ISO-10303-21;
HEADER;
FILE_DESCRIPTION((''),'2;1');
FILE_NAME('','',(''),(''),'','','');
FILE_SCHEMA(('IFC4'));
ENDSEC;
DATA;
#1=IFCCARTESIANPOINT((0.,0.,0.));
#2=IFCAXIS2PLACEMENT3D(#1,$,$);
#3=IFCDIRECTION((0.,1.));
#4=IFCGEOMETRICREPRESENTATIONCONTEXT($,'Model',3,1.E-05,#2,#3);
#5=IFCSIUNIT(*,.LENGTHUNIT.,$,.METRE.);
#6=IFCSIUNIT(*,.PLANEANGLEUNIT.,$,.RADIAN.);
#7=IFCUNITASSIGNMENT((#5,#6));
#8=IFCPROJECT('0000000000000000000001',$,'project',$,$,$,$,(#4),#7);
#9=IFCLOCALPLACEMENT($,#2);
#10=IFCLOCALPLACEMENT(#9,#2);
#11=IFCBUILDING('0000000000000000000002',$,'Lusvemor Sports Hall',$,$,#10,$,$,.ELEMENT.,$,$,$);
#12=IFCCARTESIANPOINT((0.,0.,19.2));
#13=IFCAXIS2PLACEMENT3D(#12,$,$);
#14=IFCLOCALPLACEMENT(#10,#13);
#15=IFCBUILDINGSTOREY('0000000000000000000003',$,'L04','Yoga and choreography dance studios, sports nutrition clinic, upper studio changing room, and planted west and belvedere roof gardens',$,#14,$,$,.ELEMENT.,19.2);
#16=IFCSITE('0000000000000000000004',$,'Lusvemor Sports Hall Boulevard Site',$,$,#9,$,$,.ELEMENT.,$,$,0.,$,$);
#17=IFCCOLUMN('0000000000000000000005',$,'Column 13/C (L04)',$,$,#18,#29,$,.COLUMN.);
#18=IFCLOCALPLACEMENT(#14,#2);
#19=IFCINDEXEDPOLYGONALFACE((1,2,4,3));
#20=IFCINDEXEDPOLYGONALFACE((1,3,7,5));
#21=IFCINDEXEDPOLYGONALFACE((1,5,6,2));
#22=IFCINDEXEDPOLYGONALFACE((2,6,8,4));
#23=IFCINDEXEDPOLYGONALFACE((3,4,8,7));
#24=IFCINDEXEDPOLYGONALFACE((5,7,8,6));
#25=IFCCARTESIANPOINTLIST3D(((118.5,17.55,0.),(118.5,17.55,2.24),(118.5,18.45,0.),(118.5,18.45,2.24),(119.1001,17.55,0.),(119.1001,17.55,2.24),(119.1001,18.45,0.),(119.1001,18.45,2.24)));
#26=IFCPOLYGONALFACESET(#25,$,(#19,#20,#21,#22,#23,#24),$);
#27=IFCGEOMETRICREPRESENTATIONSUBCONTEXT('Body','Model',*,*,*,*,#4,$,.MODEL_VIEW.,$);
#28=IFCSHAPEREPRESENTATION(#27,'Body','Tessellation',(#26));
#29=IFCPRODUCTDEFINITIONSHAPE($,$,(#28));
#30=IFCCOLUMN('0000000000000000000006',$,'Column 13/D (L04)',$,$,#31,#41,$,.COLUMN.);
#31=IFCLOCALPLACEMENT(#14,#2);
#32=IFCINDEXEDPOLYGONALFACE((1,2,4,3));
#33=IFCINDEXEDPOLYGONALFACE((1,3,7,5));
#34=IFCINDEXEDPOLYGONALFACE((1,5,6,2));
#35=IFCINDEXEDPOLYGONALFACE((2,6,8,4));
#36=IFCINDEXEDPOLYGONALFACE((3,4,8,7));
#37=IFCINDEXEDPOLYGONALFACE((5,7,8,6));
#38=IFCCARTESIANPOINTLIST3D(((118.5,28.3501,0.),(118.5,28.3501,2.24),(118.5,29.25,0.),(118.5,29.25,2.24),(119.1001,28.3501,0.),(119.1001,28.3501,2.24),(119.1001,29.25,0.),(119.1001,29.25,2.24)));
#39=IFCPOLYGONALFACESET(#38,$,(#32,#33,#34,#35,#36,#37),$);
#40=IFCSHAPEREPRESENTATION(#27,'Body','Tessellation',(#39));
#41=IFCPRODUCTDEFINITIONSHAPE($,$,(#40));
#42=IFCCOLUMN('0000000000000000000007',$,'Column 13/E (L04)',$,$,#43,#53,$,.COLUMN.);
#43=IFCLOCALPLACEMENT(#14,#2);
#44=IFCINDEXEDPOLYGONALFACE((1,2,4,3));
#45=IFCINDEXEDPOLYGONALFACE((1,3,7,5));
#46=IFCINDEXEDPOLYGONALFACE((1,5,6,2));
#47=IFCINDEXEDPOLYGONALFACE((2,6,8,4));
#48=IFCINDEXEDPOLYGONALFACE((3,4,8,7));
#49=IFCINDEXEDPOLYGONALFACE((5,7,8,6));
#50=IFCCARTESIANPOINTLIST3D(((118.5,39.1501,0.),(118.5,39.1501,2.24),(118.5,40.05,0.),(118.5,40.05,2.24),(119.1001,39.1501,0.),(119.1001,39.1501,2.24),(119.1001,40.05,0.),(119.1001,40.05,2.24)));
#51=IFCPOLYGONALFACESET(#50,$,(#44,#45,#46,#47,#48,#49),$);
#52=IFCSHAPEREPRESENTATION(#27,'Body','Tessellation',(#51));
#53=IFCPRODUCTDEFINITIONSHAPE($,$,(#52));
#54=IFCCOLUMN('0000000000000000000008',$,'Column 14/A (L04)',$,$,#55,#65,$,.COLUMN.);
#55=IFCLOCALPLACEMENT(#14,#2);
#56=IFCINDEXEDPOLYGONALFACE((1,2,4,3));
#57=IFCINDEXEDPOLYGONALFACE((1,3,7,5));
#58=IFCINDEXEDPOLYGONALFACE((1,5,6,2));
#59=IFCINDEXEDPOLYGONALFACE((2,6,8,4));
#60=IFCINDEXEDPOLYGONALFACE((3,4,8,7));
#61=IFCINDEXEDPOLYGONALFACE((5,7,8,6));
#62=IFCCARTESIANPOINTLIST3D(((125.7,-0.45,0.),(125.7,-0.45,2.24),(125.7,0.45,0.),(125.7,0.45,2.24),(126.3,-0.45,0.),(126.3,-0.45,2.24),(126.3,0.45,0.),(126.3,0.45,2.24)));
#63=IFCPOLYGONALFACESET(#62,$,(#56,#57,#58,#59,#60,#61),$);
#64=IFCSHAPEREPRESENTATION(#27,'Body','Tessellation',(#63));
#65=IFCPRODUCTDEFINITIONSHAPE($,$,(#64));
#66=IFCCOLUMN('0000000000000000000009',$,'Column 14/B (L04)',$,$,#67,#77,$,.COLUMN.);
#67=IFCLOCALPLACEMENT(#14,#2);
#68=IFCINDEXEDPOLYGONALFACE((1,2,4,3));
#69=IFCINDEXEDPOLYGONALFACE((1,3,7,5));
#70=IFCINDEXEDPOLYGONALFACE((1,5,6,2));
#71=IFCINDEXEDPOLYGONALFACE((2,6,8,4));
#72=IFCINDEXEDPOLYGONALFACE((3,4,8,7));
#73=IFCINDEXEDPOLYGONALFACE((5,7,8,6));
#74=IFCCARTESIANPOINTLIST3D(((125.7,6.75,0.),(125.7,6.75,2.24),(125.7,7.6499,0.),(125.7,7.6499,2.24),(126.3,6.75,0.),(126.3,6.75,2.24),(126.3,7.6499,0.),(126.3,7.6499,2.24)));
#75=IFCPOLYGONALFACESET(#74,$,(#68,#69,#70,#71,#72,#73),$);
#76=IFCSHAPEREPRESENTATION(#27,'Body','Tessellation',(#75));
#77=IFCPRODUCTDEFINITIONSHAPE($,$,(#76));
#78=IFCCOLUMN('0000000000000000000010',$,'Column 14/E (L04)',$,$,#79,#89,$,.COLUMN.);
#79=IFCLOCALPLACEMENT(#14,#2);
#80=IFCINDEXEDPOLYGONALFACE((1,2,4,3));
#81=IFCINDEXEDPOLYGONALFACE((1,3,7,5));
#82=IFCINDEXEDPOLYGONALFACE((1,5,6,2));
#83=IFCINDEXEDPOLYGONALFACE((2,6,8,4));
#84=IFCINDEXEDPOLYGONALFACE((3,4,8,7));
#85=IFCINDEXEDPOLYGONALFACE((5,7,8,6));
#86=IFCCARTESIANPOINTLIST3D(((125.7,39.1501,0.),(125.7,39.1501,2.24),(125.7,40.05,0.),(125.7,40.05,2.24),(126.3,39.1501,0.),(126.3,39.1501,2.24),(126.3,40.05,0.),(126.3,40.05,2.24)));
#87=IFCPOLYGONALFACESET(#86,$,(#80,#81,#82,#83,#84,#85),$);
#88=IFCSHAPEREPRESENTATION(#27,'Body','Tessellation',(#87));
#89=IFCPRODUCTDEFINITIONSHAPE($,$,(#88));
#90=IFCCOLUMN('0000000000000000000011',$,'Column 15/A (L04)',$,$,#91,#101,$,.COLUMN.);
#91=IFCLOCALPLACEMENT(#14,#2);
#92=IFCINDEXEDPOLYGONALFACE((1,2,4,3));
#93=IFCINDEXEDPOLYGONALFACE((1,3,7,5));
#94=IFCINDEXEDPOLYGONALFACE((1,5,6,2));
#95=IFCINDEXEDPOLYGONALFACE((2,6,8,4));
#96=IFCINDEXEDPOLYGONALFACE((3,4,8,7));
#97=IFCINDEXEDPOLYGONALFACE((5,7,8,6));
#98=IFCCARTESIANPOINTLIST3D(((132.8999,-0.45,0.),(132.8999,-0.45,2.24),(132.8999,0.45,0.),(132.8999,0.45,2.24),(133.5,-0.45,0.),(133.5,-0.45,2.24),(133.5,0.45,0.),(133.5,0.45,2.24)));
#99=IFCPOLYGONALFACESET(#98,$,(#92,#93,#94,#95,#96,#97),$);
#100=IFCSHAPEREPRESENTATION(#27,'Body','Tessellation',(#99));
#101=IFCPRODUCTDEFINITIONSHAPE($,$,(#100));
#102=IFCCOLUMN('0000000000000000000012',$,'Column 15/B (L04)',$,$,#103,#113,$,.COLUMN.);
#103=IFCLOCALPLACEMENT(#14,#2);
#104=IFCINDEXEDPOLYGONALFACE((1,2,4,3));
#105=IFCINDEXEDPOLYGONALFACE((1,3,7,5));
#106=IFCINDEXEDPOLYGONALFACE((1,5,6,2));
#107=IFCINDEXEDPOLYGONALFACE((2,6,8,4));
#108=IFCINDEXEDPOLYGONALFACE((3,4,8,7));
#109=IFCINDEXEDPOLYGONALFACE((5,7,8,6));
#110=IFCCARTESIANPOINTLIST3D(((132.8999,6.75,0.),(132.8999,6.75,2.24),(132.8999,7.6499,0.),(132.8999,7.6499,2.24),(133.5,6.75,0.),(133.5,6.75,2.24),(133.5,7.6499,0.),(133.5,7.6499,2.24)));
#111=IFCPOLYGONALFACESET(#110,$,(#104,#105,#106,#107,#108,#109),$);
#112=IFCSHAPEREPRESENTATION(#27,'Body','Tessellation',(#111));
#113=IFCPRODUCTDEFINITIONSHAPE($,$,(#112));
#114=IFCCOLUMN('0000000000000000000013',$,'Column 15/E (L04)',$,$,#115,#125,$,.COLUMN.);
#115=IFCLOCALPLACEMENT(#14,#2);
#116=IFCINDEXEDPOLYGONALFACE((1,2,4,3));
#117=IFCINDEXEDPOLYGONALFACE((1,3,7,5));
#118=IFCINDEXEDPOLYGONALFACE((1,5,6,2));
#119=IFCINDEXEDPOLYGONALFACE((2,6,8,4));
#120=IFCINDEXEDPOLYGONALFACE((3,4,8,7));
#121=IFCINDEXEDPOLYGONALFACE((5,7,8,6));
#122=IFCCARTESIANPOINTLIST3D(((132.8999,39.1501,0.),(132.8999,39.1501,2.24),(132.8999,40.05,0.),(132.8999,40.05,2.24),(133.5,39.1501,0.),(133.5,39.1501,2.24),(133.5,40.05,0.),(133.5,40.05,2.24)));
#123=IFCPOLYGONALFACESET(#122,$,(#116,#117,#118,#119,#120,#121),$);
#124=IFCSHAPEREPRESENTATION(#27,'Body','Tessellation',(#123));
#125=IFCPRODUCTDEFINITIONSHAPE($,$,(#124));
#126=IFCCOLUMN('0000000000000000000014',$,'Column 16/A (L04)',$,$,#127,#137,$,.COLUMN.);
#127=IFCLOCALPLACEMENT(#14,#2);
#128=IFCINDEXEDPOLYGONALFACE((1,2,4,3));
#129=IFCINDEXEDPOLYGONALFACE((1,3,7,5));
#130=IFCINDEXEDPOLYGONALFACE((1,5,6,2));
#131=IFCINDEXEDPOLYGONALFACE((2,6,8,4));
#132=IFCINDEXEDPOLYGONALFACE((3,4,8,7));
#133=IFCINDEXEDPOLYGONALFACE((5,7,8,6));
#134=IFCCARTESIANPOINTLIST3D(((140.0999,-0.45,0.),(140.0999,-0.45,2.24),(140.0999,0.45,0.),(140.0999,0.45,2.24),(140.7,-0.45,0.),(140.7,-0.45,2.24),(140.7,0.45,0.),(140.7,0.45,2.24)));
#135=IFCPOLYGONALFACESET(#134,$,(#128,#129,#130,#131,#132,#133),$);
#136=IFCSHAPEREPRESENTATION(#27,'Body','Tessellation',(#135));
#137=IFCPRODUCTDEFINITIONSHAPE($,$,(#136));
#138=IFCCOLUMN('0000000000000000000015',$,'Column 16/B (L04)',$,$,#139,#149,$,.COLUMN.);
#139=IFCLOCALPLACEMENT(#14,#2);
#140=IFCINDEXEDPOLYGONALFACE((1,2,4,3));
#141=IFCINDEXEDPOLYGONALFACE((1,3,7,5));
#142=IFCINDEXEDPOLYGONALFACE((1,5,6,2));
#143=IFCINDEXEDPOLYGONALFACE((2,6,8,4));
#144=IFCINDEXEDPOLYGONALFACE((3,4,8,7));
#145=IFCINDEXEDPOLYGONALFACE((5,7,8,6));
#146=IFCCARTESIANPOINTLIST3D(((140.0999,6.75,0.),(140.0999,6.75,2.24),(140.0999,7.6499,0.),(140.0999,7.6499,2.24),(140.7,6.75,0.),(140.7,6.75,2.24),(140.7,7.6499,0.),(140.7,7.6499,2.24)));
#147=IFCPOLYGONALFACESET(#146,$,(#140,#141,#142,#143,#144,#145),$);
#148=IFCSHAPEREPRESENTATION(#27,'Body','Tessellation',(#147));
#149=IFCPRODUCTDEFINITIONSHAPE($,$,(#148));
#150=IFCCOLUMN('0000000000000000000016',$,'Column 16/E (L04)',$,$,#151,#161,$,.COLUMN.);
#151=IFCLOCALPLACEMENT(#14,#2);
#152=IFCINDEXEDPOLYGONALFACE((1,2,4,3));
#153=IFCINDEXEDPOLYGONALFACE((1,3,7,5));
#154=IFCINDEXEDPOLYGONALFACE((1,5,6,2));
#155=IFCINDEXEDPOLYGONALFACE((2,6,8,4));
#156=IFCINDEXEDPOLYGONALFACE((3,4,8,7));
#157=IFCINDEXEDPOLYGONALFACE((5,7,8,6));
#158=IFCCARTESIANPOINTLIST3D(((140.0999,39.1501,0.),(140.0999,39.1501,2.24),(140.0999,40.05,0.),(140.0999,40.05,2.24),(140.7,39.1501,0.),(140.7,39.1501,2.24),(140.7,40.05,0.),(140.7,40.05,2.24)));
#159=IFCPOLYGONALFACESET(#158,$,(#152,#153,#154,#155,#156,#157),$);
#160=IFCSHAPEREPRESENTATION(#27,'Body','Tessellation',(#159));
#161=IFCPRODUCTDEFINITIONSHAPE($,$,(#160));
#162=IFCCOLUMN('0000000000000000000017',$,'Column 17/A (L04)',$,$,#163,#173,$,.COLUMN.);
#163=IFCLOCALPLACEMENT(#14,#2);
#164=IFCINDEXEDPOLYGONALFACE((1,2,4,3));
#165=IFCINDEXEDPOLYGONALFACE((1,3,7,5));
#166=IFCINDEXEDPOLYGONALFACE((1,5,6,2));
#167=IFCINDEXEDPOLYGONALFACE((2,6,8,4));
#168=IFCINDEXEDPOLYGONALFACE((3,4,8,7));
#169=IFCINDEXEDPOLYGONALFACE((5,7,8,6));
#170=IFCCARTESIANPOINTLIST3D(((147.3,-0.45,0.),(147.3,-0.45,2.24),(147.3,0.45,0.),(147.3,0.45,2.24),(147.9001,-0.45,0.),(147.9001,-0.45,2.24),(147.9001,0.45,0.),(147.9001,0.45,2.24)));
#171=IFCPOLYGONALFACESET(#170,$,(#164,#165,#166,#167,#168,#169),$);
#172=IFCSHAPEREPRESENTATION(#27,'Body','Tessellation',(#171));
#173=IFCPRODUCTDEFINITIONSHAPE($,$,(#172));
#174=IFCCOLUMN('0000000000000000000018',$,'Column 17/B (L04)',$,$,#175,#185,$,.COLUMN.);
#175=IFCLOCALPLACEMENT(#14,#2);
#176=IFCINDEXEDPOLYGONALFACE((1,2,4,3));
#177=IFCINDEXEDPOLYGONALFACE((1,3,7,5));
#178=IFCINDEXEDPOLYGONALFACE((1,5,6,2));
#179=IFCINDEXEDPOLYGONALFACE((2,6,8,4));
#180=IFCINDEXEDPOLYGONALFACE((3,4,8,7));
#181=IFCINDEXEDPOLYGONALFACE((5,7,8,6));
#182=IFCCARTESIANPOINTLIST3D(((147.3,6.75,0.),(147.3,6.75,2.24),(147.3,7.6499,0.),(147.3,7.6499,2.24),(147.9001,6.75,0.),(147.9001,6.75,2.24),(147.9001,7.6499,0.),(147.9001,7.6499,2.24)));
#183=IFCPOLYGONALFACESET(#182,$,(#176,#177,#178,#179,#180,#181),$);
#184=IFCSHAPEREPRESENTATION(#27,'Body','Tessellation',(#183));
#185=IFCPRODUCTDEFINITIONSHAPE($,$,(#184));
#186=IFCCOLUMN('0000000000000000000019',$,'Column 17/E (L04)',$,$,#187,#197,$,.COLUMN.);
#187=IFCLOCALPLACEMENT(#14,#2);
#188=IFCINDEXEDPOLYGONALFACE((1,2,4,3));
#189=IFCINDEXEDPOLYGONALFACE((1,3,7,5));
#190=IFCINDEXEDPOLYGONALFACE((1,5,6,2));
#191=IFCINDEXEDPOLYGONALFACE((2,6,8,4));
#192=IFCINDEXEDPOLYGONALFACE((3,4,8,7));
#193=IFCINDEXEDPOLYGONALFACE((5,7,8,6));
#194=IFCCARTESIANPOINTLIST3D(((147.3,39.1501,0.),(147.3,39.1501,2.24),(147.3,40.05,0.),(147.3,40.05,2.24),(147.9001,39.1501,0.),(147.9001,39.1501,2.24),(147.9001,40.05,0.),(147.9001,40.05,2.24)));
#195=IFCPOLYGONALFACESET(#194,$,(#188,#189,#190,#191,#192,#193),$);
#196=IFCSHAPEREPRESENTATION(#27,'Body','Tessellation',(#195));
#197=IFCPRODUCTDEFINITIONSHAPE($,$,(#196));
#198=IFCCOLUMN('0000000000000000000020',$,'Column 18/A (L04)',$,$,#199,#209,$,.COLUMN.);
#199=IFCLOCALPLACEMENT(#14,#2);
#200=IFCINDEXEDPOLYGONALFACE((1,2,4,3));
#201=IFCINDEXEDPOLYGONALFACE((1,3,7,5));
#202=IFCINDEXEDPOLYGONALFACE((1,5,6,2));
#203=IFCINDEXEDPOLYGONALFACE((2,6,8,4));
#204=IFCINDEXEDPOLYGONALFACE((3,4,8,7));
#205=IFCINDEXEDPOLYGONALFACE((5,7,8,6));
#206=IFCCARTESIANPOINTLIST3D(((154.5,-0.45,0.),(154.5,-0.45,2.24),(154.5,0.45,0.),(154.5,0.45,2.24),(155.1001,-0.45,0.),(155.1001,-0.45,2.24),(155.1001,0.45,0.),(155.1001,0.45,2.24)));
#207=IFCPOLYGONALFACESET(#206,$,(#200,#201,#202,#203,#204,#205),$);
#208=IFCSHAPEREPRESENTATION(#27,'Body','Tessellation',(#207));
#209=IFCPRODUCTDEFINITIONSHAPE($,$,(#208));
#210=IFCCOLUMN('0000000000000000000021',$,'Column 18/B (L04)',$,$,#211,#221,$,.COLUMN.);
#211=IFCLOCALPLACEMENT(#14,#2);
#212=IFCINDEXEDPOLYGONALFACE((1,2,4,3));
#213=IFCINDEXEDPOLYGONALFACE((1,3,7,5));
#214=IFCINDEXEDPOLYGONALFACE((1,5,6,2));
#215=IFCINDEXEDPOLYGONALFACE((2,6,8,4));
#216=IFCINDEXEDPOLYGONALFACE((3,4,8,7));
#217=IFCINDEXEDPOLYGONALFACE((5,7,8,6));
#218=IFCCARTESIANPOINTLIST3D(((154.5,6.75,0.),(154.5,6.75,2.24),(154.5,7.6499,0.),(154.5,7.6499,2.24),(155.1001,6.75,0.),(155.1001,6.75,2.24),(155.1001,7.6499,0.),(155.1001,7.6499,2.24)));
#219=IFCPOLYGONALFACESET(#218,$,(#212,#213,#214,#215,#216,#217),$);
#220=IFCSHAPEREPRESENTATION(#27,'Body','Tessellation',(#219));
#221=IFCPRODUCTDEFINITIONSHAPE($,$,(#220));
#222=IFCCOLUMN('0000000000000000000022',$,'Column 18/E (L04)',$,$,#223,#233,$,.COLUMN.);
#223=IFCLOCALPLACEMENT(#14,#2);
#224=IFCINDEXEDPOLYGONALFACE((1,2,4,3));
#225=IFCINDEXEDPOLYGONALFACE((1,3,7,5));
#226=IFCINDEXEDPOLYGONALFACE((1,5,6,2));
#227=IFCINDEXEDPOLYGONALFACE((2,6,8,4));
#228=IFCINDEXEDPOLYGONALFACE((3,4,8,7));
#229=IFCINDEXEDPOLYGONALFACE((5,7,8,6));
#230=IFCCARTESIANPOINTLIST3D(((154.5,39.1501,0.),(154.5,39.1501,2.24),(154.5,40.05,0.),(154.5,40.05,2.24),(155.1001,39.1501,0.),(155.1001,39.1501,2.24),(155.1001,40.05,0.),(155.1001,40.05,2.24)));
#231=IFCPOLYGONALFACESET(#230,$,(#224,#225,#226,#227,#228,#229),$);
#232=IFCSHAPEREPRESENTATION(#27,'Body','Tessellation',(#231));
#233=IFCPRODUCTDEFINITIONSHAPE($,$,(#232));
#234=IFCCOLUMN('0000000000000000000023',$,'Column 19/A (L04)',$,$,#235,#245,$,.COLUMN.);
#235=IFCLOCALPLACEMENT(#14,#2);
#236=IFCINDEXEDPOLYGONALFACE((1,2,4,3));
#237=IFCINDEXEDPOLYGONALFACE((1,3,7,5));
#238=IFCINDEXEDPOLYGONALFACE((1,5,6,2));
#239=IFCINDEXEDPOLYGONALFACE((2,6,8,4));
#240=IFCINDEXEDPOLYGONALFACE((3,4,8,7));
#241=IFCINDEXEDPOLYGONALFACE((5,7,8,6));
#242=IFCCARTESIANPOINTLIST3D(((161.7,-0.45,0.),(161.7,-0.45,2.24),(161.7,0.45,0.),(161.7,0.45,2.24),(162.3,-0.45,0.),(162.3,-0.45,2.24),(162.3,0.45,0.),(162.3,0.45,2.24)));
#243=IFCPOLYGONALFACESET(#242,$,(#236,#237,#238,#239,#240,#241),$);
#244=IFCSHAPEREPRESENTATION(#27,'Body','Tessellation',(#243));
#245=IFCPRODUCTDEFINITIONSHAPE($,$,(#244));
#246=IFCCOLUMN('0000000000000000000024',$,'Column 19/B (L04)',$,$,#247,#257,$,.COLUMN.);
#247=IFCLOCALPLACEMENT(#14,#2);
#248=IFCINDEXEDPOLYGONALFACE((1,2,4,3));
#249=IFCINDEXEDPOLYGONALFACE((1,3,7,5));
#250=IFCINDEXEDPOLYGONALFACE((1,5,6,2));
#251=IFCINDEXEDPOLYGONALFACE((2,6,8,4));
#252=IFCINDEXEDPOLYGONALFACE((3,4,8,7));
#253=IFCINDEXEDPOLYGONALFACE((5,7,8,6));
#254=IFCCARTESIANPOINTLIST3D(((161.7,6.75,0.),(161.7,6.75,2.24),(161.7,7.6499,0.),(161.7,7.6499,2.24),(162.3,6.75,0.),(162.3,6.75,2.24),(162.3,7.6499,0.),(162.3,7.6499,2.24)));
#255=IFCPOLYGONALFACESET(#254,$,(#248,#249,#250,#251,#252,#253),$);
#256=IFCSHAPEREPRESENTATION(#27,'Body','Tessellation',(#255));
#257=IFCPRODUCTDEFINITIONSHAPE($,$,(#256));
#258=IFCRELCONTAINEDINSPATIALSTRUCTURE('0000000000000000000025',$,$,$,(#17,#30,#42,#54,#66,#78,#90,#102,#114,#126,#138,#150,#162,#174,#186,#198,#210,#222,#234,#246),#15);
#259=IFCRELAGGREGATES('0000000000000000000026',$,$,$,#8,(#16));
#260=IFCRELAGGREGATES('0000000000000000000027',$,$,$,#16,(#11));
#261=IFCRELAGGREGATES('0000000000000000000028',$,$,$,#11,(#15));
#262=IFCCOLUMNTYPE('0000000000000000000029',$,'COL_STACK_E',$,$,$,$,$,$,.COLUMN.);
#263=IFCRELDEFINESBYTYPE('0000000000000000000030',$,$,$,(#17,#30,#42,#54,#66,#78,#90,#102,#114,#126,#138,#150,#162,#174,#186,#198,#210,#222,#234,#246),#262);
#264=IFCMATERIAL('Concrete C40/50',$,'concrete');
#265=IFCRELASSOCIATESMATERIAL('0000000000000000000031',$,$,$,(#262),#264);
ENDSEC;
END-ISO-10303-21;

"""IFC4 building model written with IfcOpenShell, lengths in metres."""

from ifc_helpers import new_model, si_unit, direction, frame, origin, origin_2d, place, context, subcontext, project, spatial, rectangle, extrude, material, material_profile, profile_set, type_object, element, save


model = new_model("IFC4")

# Units and contexts
model_context = context("Model", 3, precision=1e-05, world=origin(), true_north=direction((0.0, 1.0)))
body_context = subcontext(model_context, "Body", "Model", "MODEL_VIEW")
ifc_project = project(units=[si_unit("LENGTHUNIT", "METRE"), si_unit("PLANEANGLEUNIT", "RADIAN")], contexts=[model_context])

# Site, building, storey
site_placement = place(None, origin())
site = spatial("IfcSite", under=ifc_project, at=site_placement, Name="Lusvemor Sports Hall Boulevard Site", CompositionType="ELEMENT", RefElevation=0.0)
building_placement = place(site_placement, origin())
building = spatial("IfcBuilding", under=site, at=building_placement, Name="Lusvemor Sports Hall", CompositionType="ELEMENT")
storey_placement = place(building_placement, frame((0.0, 0.0, 19.2)))
storey = spatial("IfcBuildingStorey", under=building, at=storey_placement, Name="L04", Description="Yoga and choreography dance studios, sports nutrition clinic, upper studio changing room, and planted west and belvedere roof gardens", CompositionType="ELEMENT", Elevation=19.2)

# Columns
ifc_material_1 = material(Name="Concrete C40/50", Category="concrete")
ifc_material_profile_1 = material_profile(ifc_material_1, rectangle(XDim=0.6001, YDim=0.8999, at=origin_2d()), Name="RC600x900")
ifc_profile_set_1 = profile_set([ifc_material_profile_1], Name="Concrete C40/50")
column_type = type_object("IfcColumnType", Name="COL_STACK_E", PredefinedType="COLUMN", material=ifc_profile_set_1)
for number, where, z_axis, x_axis, name in (
    (1, (118.8, 18.0, 0.0), (0.0, 0.0, 1.0), (1.0, 0.0, 0.0), "Column 13/C (L04)"),
    (2, (118.8, 28.8, 0.0), (0.0, 0.0, 1.0), (1.0, 0.0, 0.0), "Column 13/D (L04)"),
    (3, (118.8, 39.6001, 0.0), (0.0, 0.0, 1.0), (1.0, 0.0, 0.0), "Column 13/E (L04)"),
    (4, (126.0, 0.0, 0.0), (0.0, 0.0, 1.0), (1.0, 0.0, 0.0), "Column 14/A (L04)"),
    (5, (126.0, 7.2, 0.0), (0.0, 0.0, 1.0), (1.0, 0.0, 0.0), "Column 14/B (L04)"),
    (6, (126.0, 39.6001, 0.0), (0.0, 0.0, 1.0), (1.0, 0.0, 0.0), "Column 14/E (L04)"),
    (7, (133.2, 0.0, 0.0), (0.0, 0.0, 1.0), (1.0, 0.0, 0.0), "Column 15/A (L04)"),
    (8, (133.2, 7.2, 0.0), (0.0, 0.0, 1.0), (1.0, 0.0, 0.0), "Column 15/B (L04)"),
    (9, (133.2, 39.6001, 0.0), (0.0, 0.0, 1.0), (1.0, 0.0, 0.0), "Column 15/E (L04)"),
    (10, (140.3999, 0.0, 0.0), (0.0, 0.0, 1.0), (1.0, 0.0, 0.0), "Column 16/A (L04)"),
    (11, (140.3999, 7.2, 0.0), (0.0, 0.0, 1.0), (1.0, 0.0, 0.0), "Column 16/B (L04)"),
    (12, (140.3999, 39.6001, 0.0), (0.0, 0.0, 1.0), (1.0, 0.0, 0.0), "Column 16/E (L04)"),
    (13, (147.6001, 0.0, 0.0), (0.0, 0.0, 1.0), (1.0, 0.0, 0.0), "Column 17/A (L04)"),
    (14, (147.6001, 7.2, 0.0), (0.0, 0.0, 1.0), (1.0, 0.0, 0.0), "Column 17/B (L04)"),
    (15, (147.6001, 39.6001, 0.0), (0.0, 0.0, 1.0), (1.0, 0.0, 0.0), "Column 17/E (L04)"),
    (16, (154.8, 0.0, 0.0), (0.0, 0.0, 1.0), (1.0, 0.0, 0.0), "Column 18/A (L04)"),
    (17, (154.8, 7.2, 0.0), (0.0, 0.0, 1.0), (1.0, 0.0, 0.0), "Column 18/B (L04)"),
    (18, (154.8, 39.6001, 0.0), (0.0, 0.0, 1.0), (1.0, 0.0, 0.0), "Column 18/E (L04)"),
    (19, (162.0, 0.0, 0.0), (0.0, 0.0, 1.0), (1.0, 0.0, 0.0), "Column 19/A (L04)"),
    (20, (162.0, 7.2, 0.0), (0.0, 0.0, 1.0), (1.0, 0.0, 0.0), "Column 19/B (L04)"),
):
    element("IfcColumn", number, at=place(storey_placement, frame(where, z_axis=z_axis, x_axis=x_axis)), inside=storey, type_object=column_type, Name=name, PredefinedType="COLUMN", context=body_context, shape_type="SweptSolid", body=[
        extrude(rectangle(XDim=0.6001, YDim=0.8999, at=origin_2d()), origin(), (0.0, 0.0, 1.0), 2.24),
    ])

save(model, "model.ifc")
